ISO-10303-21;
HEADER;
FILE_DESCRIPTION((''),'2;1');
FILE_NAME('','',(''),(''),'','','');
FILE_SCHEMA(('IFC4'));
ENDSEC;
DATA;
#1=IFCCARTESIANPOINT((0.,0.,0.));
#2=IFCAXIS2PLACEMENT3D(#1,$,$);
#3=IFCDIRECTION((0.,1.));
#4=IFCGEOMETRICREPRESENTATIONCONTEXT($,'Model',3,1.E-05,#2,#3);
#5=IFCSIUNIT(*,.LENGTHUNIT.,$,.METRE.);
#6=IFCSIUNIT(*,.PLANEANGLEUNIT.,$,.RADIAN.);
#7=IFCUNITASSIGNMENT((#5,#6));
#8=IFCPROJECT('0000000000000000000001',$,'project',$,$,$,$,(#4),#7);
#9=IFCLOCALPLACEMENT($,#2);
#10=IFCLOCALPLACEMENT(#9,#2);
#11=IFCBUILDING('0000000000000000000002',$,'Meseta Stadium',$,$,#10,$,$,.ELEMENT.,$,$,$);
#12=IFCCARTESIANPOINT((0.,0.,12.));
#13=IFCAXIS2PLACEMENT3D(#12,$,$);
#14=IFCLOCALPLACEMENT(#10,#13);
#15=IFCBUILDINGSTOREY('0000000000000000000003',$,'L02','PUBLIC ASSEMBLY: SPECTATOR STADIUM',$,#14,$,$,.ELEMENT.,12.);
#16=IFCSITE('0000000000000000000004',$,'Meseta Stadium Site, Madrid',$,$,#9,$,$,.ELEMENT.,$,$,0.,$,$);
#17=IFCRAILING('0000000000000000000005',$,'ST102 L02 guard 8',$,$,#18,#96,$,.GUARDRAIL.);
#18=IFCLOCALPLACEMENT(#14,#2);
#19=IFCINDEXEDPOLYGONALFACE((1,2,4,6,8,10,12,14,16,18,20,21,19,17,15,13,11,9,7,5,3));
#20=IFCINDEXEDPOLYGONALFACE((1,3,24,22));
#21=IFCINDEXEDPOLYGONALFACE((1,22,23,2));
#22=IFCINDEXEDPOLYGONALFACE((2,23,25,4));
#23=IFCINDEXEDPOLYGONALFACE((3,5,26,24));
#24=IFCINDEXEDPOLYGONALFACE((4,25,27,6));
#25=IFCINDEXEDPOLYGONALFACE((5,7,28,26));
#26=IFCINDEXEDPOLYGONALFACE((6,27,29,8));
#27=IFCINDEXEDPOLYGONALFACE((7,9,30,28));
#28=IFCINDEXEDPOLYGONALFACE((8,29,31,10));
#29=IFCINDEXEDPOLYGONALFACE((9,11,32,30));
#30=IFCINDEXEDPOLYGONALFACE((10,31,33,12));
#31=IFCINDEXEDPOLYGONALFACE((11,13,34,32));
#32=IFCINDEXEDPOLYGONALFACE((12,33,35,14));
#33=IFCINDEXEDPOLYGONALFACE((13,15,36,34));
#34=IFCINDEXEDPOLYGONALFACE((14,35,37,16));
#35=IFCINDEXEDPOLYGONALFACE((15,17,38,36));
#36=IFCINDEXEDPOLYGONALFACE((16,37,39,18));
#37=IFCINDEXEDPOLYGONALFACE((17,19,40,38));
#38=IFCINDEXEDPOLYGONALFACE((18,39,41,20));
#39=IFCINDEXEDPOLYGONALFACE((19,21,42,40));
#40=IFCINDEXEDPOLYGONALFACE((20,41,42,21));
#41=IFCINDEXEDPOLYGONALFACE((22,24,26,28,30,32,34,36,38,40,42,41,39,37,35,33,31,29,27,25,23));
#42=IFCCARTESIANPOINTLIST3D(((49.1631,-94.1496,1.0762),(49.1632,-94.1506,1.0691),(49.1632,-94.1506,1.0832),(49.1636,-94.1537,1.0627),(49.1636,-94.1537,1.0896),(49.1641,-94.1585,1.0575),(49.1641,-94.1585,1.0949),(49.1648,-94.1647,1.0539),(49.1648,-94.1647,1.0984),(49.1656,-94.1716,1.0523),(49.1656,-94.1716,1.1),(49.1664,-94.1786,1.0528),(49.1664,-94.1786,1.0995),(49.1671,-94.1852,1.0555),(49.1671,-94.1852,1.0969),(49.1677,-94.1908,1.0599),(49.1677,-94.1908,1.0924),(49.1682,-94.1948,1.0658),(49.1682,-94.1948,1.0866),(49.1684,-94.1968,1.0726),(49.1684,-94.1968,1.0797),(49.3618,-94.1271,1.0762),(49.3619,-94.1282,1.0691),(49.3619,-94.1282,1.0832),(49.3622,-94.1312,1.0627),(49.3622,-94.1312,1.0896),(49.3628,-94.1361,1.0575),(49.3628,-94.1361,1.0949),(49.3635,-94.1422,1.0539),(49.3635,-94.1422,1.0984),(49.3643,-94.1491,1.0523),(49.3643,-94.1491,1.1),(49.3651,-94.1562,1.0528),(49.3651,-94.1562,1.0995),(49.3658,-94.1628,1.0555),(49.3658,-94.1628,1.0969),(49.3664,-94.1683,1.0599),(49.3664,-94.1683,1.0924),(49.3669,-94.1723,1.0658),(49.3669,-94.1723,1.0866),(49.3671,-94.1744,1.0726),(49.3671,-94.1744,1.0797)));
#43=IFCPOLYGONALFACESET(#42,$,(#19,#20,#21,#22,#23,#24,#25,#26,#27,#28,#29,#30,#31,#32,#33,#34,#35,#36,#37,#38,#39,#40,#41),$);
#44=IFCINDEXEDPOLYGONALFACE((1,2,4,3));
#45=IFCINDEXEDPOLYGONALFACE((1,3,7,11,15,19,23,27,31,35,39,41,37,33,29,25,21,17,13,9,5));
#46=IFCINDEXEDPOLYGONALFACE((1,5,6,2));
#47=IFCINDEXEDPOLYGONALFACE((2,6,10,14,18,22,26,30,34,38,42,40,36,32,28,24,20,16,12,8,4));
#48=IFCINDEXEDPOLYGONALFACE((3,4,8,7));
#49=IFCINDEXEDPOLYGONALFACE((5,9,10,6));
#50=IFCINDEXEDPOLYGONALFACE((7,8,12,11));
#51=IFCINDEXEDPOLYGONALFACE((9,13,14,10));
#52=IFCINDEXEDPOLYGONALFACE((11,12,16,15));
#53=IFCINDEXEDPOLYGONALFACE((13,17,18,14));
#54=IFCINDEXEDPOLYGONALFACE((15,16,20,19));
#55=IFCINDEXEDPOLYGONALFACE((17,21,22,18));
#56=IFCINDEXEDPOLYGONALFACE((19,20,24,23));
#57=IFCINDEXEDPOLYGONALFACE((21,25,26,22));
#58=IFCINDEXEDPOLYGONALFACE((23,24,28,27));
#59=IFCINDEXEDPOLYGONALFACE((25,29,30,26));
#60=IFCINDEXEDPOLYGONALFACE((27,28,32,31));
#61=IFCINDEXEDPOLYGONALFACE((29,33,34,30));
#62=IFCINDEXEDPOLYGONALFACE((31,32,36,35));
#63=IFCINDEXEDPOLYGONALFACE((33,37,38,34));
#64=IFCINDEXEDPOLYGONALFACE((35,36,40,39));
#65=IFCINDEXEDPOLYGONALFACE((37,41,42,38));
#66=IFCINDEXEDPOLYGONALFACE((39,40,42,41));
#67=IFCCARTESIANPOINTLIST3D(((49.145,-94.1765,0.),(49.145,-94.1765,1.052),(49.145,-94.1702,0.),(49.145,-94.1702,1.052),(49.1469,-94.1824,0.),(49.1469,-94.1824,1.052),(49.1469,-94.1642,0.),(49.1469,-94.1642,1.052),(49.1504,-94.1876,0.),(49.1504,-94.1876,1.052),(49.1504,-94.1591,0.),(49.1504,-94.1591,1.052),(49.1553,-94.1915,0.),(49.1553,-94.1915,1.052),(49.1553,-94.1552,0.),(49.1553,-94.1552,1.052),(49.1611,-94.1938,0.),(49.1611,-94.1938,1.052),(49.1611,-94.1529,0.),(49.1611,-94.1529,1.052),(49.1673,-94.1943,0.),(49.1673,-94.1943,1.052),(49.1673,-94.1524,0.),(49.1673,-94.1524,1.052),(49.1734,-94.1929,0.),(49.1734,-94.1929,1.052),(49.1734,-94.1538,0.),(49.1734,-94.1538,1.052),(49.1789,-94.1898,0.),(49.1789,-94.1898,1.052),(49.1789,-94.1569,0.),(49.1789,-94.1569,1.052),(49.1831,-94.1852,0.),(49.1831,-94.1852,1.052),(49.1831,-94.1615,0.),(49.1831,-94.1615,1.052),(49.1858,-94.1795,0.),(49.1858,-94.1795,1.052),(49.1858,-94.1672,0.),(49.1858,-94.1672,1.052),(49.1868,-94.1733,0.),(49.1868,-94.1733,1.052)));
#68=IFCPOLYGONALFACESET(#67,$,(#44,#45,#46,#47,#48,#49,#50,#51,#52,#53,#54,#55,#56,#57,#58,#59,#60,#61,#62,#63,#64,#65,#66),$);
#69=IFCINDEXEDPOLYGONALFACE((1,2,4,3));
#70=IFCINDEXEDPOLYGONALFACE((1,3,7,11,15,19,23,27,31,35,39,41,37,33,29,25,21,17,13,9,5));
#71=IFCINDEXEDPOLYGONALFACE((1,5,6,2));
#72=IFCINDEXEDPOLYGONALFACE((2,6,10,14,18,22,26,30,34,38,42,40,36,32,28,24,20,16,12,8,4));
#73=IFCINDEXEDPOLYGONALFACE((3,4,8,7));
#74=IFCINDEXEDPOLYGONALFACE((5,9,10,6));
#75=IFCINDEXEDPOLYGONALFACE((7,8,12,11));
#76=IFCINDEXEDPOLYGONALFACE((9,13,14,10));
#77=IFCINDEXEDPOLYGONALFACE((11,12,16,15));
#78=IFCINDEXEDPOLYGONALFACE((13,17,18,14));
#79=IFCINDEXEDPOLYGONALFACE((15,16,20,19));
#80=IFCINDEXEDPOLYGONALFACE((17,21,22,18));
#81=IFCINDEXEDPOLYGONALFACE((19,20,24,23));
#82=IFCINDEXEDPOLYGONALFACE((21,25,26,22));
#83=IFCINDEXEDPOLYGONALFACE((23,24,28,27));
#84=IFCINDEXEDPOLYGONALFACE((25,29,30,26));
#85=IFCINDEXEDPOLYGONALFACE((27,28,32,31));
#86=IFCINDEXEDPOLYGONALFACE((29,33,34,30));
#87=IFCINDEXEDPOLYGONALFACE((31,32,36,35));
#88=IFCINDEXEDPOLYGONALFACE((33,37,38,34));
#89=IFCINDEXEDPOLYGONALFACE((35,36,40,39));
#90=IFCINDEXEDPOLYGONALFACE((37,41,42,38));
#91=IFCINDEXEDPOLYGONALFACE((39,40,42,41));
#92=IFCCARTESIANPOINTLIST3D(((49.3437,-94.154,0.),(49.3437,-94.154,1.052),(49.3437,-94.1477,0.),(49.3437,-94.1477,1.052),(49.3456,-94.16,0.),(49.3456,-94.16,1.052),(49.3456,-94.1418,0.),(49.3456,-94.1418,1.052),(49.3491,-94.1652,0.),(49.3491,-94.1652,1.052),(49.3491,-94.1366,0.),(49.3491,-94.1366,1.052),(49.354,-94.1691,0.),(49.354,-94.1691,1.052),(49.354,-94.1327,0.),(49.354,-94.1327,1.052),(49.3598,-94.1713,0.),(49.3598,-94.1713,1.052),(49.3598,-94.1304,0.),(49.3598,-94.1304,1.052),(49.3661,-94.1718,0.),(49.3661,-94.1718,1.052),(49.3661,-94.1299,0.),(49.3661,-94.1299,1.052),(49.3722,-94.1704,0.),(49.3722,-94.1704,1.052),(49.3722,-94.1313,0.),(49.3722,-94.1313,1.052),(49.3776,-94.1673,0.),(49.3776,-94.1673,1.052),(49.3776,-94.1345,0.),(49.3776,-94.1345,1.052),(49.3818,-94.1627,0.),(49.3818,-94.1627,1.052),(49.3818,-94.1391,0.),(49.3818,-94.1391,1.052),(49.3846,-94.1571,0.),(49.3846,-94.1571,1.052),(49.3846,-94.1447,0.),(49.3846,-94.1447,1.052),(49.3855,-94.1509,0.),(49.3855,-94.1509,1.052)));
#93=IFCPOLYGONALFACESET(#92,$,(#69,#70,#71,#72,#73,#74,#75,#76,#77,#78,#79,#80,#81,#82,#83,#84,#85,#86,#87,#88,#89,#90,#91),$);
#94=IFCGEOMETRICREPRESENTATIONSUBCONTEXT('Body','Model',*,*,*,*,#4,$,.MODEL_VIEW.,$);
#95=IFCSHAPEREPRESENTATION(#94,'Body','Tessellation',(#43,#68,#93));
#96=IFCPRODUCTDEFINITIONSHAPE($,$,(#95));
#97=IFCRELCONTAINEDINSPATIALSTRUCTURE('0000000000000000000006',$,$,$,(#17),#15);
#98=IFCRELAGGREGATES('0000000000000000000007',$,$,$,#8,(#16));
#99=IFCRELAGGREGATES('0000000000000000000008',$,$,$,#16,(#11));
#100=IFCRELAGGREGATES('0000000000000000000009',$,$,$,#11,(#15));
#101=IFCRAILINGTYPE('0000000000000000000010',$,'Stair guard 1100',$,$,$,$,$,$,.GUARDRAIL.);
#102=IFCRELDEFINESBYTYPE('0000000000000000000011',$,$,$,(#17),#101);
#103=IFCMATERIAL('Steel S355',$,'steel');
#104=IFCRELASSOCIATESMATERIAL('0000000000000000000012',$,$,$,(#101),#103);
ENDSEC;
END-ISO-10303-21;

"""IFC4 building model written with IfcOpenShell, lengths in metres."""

from ifc_helpers import new_model, si_unit, direction, frame, origin, origin_2d, place, context, subcontext, project, spatial, circle, extrude, material, type_object, element, save


model = new_model("IFC4")

# Units and contexts
model_context = context("Model", 3, precision=1e-05, world=origin(), true_north=direction((0.0, 1.0)))
body_context = subcontext(model_context, "Body", "Model", "MODEL_VIEW")
ifc_project = project(units=[si_unit("LENGTHUNIT", "METRE"), si_unit("PLANEANGLEUNIT", "RADIAN")], contexts=[model_context])

# Site, building, storey
site_placement = place(None, origin())
site = spatial("IfcSite", under=ifc_project, at=site_placement, Name="Meseta Stadium Site, Madrid", CompositionType="ELEMENT", RefElevation=0.0)
building_placement = place(site_placement, origin())
building = spatial("IfcBuilding", under=site, at=building_placement, Name="Meseta Stadium", CompositionType="ELEMENT")
storey_placement = place(building_placement, frame((0.0, 0.0, 12.0)))
storey = spatial("IfcBuildingStorey", under=building, at=storey_placement, Name="L02", Description="PUBLIC ASSEMBLY: SPECTATOR STADIUM", CompositionType="ELEMENT", Elevation=12.0)

# Railing
ifc_material_1 = material(Name="Steel S355", Category="steel")
railing_type_1 = type_object("IfcRailingType", Name="Stair guard 1100", PredefinedType="GUARDRAIL", material=ifc_material_1)
railing_1_placement = place(storey_placement, frame((49.1658, -94.1733, 0.0)))
element("IfcRailing", 1, at=railing_1_placement, inside=storey, type_object=railing_type_1, Name="ST102 L02 guard 8", PredefinedType="GUARDRAIL", context=body_context, shape_type="SweptSolid", body=[
    extrude(circle(Radius=0.0239, at=origin_2d()), frame((0.0, 0.0, 1.0762), z_axis=(0.993674, 0.112307, 0.0), x_axis=(-0.112307, 0.993674, 0.0)), (0.0, 0.0, 1.0), 0.2),
    extrude(circle(Radius=0.021, at=origin_2d()), origin(), (0.0, 0.0, 1.0), 1.052),
    extrude(circle(Radius=0.021, at=origin_2d()), frame((0.1987, 0.0225, 0.0)), (0.0, 0.0, 1.0), 1.052),
])

save(model, "model.ifc")
